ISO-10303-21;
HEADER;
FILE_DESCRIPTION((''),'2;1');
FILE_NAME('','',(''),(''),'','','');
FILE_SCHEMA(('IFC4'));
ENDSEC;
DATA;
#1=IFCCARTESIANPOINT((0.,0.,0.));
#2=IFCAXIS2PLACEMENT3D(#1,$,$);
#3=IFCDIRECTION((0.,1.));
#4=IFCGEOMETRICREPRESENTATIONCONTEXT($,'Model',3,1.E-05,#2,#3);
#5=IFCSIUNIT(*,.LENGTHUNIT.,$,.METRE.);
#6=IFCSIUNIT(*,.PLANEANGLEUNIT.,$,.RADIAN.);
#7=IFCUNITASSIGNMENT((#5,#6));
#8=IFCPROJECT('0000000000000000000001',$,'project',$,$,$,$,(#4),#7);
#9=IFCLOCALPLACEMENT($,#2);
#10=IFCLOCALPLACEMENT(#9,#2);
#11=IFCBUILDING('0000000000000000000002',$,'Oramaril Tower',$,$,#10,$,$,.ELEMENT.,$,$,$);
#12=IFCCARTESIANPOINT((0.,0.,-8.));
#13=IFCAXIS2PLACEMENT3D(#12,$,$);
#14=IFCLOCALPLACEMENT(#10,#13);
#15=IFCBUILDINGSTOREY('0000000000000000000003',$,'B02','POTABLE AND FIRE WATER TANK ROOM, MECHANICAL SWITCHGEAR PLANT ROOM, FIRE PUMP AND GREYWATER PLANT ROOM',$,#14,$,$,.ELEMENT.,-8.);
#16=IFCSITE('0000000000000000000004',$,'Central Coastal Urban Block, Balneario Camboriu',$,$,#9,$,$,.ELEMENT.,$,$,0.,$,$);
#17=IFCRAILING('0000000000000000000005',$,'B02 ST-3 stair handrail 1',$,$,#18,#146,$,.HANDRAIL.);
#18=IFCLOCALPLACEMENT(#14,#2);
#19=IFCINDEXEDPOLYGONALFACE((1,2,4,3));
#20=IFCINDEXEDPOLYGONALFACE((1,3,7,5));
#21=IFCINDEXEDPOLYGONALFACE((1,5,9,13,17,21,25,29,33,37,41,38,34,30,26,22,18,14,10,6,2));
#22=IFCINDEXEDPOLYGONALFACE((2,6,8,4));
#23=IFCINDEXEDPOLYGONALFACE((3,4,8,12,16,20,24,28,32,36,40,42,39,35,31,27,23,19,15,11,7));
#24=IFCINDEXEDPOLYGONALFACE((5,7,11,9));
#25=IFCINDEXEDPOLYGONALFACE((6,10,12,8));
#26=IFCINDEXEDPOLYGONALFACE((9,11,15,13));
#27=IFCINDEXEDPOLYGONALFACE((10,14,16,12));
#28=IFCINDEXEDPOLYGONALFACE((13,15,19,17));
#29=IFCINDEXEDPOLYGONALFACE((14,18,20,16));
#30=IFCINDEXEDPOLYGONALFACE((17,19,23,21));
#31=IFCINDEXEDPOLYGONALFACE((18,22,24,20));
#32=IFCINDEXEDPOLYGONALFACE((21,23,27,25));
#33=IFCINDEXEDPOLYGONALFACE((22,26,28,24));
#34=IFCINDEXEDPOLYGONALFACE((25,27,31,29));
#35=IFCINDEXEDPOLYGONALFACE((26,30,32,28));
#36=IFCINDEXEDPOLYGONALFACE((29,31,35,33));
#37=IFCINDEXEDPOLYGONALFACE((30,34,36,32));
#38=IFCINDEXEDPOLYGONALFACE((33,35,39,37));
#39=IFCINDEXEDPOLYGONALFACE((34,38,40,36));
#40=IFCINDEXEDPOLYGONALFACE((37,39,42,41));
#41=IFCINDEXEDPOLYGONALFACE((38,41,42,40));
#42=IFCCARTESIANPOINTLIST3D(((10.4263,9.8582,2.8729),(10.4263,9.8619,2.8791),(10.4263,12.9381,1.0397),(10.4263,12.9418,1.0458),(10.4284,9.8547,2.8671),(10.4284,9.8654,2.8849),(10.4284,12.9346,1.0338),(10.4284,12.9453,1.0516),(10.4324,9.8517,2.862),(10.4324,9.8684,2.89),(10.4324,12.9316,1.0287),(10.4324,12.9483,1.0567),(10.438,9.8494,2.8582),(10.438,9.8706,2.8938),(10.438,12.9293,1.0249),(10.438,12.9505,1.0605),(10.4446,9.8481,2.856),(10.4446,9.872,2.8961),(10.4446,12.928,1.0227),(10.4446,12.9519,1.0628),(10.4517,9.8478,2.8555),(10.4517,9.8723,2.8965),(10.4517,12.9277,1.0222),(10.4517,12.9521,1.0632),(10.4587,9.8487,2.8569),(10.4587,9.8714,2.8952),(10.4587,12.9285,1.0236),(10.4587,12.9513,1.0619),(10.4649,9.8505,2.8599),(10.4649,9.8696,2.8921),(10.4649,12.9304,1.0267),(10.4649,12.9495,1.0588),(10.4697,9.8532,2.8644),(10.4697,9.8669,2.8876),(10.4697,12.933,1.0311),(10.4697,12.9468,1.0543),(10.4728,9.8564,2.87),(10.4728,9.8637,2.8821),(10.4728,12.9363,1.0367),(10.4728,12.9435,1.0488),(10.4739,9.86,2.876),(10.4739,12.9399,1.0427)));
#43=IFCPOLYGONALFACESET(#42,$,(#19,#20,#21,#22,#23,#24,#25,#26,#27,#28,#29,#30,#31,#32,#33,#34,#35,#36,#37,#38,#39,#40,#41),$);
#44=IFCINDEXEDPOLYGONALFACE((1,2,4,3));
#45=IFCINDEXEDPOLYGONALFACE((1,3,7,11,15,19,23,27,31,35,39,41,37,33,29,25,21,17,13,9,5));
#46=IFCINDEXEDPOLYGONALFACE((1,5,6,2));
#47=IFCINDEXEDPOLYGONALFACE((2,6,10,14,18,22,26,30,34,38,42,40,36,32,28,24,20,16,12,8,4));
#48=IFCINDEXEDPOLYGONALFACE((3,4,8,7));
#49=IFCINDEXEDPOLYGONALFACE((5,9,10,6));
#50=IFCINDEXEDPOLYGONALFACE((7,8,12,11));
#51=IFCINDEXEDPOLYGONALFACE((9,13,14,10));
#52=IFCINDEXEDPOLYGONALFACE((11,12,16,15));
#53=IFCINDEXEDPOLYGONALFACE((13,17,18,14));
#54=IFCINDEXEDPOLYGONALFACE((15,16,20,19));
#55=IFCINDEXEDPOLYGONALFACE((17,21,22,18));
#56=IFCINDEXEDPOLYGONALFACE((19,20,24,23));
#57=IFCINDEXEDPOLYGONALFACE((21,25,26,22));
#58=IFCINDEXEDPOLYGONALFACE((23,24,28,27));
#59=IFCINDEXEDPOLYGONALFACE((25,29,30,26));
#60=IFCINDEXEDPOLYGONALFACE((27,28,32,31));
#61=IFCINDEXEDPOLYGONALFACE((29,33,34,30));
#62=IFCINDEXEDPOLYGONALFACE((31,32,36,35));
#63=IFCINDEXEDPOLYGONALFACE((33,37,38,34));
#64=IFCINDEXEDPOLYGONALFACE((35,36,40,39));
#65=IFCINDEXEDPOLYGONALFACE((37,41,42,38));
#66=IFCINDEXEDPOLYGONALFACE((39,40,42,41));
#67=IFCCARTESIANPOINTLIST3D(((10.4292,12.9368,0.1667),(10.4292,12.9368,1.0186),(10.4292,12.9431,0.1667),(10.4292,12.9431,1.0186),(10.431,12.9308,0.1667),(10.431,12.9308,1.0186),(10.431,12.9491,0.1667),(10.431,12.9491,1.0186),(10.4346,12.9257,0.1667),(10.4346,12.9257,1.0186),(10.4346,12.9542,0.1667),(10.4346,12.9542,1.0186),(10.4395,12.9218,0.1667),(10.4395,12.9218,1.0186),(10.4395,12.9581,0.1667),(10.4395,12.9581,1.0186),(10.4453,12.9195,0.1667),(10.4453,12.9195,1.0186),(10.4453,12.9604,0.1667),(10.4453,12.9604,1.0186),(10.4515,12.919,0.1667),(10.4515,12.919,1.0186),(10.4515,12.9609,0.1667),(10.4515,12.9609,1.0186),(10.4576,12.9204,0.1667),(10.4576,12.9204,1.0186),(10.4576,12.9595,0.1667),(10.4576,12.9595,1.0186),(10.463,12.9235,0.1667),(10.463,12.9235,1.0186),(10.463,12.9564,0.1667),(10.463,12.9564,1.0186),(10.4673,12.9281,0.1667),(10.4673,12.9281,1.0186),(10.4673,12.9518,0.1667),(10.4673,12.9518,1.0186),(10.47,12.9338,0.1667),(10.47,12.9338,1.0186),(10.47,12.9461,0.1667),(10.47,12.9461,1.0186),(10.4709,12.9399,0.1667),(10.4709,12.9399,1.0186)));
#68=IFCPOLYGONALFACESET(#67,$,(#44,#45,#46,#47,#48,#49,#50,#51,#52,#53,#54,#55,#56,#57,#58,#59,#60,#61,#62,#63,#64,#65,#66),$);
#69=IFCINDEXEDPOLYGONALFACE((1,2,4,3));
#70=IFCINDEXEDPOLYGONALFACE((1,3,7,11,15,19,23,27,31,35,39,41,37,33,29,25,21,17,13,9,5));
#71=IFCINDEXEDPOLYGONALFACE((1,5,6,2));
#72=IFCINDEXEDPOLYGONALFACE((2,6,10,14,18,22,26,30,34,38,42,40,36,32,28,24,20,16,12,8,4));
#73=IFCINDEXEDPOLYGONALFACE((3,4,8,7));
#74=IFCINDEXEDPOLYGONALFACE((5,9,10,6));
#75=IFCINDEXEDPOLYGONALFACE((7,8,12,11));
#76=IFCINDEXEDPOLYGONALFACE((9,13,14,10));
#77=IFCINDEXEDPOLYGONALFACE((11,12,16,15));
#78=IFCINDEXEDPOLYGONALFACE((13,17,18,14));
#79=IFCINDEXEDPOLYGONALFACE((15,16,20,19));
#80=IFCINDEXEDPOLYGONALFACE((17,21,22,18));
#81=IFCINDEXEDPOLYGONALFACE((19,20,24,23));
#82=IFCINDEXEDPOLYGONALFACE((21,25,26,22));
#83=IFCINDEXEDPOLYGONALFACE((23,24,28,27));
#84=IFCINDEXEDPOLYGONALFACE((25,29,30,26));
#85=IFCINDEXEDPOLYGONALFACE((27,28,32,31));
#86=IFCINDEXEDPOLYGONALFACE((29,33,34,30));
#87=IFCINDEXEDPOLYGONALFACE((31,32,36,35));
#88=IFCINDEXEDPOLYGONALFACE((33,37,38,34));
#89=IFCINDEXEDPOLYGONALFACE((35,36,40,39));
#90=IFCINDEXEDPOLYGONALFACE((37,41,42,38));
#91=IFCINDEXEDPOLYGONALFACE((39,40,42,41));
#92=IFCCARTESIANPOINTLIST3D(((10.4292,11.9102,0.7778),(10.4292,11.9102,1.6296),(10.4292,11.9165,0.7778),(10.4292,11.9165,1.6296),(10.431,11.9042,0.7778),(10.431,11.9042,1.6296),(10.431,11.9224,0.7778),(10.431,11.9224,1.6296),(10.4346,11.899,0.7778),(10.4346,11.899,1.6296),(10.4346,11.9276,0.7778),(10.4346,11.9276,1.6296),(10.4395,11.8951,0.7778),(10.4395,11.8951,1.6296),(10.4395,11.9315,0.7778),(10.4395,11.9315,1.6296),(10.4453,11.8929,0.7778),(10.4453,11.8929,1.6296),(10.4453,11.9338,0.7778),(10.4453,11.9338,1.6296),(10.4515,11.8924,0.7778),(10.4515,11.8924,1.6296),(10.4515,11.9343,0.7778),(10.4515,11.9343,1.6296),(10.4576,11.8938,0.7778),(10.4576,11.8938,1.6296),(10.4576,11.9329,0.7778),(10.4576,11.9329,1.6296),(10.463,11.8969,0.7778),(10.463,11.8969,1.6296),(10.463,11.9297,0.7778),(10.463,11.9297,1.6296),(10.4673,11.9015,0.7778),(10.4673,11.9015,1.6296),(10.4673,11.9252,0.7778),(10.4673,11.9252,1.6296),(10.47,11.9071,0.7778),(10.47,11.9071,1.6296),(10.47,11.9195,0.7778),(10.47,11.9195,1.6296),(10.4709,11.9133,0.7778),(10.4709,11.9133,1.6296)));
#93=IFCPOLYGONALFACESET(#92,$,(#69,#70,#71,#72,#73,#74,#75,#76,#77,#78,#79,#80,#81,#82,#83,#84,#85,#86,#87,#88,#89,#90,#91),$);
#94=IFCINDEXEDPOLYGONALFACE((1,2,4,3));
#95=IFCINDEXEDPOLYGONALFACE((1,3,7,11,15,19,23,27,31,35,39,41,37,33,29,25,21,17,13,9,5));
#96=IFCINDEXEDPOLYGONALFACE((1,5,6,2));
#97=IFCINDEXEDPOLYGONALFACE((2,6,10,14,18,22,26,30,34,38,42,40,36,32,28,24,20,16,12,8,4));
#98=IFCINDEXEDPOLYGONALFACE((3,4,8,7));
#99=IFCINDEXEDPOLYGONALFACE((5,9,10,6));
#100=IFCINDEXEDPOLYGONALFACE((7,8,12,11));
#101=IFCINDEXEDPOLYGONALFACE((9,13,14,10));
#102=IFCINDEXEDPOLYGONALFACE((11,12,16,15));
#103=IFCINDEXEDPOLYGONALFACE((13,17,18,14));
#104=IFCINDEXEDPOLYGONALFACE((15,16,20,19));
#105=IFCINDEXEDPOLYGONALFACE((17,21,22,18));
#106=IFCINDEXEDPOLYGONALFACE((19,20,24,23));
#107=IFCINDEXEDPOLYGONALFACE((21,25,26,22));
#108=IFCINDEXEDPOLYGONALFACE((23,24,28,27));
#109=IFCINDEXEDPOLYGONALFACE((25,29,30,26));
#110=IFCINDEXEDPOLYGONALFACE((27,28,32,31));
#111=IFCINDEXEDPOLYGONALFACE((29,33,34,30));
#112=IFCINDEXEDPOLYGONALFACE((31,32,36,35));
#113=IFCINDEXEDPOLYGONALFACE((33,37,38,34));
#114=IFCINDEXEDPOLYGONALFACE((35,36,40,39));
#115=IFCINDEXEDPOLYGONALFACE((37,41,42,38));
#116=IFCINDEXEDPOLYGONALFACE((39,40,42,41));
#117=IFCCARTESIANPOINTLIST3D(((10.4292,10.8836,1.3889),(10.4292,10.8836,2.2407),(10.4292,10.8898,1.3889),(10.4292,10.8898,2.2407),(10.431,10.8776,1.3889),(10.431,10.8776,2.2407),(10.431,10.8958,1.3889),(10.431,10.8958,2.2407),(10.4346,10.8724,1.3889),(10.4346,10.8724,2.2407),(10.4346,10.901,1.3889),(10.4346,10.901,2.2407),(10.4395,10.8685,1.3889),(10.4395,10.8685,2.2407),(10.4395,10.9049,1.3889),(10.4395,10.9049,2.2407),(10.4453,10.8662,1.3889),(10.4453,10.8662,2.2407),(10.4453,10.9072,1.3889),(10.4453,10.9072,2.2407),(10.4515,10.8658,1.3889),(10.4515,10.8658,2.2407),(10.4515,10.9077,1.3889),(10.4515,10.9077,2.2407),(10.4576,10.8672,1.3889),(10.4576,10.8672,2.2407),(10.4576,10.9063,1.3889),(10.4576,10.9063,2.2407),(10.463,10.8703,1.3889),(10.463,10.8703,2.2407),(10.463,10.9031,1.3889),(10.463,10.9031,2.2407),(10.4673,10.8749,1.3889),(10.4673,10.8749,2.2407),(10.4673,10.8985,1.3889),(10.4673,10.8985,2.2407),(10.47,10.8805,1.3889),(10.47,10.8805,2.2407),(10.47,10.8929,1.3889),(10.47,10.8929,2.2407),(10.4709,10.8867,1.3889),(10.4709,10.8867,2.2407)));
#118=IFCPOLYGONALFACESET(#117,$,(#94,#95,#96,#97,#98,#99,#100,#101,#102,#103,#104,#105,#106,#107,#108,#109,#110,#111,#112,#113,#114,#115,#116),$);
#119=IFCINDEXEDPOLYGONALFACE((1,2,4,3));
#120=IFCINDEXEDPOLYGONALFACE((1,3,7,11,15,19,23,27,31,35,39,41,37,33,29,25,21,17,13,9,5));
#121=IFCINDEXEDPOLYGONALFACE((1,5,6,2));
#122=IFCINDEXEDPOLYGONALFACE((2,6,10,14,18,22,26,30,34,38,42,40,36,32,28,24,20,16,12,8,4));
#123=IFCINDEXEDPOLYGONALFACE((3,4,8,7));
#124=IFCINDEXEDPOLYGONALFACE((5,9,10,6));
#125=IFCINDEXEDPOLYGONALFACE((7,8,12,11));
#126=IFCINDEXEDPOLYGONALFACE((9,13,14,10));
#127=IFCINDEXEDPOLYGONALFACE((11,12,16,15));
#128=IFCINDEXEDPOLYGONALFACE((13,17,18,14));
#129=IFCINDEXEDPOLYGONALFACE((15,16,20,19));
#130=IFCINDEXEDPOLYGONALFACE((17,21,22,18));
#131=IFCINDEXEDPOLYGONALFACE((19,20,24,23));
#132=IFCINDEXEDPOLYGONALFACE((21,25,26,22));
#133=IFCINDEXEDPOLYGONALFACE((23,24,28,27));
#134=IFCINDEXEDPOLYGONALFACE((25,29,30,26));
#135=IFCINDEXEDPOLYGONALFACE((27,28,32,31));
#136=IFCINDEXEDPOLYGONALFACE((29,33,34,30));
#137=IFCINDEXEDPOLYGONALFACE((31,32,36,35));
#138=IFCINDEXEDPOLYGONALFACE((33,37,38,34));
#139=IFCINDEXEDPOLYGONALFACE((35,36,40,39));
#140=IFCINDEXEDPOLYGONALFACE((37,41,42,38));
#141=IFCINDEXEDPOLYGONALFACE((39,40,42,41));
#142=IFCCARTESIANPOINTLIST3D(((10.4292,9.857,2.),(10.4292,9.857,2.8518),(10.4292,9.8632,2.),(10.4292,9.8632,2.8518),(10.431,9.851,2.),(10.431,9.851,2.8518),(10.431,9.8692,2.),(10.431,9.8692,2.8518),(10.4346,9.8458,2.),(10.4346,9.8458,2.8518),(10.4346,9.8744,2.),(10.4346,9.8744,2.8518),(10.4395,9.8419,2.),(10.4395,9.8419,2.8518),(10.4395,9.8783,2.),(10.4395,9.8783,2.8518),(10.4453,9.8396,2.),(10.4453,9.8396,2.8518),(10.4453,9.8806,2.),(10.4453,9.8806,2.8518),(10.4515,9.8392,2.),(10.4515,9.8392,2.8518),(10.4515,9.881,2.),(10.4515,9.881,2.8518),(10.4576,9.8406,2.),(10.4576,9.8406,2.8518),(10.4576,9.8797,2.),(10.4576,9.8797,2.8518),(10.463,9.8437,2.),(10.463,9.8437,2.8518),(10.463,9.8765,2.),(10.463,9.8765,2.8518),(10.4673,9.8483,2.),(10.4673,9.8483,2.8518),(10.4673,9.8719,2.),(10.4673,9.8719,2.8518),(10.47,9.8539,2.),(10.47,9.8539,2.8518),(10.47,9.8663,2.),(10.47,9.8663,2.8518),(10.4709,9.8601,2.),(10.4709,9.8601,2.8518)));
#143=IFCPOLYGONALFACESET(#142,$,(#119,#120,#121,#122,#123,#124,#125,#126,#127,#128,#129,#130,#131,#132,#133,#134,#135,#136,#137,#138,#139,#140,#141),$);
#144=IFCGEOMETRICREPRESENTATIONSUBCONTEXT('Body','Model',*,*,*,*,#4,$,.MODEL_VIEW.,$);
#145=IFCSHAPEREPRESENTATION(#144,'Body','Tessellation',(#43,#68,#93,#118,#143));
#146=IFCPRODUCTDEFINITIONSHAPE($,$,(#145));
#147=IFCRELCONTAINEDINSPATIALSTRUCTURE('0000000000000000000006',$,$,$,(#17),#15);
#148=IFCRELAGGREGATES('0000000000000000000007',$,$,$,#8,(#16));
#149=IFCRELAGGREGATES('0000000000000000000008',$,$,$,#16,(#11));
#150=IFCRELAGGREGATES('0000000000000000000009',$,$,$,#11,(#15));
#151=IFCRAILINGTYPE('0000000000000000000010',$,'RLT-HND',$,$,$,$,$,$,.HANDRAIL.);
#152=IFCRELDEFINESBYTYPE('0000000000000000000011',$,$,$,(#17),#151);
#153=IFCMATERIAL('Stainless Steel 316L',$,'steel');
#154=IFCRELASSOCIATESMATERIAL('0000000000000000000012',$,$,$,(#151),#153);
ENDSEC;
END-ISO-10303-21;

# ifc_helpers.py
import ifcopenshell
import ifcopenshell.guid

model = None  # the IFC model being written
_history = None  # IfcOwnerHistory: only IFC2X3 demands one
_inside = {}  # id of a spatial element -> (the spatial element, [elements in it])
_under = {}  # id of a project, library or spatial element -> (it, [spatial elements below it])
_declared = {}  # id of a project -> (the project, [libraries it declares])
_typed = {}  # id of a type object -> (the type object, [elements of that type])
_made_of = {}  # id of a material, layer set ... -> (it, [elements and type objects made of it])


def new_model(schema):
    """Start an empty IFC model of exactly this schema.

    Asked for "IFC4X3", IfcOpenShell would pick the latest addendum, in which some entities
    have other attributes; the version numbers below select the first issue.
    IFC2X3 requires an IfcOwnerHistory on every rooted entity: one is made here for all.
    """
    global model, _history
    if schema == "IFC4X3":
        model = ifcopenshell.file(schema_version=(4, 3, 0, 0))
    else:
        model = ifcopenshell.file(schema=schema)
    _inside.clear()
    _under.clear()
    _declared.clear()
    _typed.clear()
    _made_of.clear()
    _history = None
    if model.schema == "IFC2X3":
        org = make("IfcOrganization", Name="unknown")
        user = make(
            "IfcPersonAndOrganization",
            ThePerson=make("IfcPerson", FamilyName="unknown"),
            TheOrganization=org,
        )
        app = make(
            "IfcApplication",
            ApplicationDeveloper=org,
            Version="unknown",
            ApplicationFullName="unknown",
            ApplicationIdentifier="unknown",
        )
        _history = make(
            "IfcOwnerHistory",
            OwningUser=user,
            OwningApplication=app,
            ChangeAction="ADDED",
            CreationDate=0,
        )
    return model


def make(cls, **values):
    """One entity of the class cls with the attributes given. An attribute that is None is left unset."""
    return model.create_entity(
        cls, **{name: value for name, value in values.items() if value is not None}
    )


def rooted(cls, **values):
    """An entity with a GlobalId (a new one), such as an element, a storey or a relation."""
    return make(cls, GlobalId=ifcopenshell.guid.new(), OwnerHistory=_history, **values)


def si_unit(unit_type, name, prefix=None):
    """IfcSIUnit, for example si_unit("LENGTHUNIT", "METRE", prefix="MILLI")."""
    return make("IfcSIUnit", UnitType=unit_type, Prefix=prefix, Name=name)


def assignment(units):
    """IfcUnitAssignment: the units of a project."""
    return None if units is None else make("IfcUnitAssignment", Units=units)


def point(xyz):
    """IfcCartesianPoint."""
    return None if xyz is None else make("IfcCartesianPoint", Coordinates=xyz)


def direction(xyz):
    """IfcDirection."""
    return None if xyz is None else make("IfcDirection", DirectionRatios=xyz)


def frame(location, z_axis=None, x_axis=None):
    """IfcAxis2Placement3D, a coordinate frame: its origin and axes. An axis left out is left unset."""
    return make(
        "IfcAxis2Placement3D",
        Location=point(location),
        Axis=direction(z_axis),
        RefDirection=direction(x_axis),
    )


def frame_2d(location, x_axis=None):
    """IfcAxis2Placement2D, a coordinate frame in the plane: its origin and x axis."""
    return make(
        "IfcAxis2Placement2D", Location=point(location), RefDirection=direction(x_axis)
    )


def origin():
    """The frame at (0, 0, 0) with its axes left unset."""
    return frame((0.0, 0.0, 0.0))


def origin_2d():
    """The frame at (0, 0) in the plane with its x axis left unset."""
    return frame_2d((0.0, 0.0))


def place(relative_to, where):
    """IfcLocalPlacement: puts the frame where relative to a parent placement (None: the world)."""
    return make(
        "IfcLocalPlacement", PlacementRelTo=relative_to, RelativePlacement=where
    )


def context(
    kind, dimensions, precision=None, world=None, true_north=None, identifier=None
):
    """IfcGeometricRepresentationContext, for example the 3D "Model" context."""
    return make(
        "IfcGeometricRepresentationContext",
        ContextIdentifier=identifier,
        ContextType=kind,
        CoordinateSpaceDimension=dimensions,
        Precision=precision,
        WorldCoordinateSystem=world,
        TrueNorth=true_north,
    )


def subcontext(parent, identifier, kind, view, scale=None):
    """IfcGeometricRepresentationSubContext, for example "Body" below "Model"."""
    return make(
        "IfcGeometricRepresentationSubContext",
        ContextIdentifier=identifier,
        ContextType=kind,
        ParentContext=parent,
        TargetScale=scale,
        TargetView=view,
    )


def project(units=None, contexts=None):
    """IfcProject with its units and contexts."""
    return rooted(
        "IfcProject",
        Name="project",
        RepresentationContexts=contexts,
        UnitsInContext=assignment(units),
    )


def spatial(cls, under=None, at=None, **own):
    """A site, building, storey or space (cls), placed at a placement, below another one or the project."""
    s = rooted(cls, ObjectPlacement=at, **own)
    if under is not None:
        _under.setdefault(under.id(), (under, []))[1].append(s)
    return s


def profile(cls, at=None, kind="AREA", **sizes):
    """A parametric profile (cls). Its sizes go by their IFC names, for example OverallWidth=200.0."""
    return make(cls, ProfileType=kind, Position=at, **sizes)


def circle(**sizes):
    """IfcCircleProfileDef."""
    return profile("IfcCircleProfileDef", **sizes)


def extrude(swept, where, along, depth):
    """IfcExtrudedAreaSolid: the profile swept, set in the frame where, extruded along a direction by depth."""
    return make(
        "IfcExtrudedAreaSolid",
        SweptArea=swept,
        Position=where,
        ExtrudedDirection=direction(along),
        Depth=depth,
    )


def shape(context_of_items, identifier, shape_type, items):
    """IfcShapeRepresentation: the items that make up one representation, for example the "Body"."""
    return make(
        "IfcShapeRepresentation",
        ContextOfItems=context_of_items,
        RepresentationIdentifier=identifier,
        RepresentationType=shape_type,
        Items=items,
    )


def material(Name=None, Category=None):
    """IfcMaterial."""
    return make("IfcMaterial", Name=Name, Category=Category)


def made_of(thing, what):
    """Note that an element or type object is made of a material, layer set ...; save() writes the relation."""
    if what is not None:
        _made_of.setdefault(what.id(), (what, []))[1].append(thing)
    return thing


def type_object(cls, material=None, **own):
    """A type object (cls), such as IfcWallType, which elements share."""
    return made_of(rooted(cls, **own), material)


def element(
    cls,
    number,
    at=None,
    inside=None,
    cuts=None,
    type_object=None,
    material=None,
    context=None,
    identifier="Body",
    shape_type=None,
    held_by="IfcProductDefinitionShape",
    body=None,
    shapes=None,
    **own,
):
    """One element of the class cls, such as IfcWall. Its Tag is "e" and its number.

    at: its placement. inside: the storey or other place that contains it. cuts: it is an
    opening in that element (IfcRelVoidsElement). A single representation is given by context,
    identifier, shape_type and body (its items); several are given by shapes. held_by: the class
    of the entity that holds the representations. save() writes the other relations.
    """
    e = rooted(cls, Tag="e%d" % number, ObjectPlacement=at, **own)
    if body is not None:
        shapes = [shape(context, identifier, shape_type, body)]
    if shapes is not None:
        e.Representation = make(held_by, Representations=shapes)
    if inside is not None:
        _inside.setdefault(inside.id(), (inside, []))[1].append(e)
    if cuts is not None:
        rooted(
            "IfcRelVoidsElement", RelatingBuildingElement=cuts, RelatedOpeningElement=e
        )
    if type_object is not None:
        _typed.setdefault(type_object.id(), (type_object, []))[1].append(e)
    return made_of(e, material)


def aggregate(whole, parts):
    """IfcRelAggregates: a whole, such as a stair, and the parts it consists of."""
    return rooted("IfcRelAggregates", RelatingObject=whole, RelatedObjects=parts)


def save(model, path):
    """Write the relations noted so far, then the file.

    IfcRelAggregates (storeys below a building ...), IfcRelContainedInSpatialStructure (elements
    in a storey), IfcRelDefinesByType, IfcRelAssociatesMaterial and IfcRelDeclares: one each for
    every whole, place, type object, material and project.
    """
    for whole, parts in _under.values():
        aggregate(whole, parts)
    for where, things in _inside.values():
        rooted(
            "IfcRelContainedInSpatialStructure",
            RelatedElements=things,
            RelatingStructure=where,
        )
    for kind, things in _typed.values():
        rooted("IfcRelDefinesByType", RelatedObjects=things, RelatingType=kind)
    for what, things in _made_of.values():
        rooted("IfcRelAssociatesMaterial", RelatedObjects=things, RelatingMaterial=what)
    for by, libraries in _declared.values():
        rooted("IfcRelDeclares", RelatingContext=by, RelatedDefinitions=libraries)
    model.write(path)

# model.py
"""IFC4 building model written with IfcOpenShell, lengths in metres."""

from ifc_helpers import new_model, si_unit, direction, frame, origin, origin_2d, place, context, subcontext, project, spatial, circle, extrude, material, type_object, element, save


model = new_model("IFC4")

# Units and contexts
model_context = context("Model", 3, precision=1e-05, world=origin(), true_north=direction((0.0, 1.0)))
body_context = subcontext(model_context, "Body", "Model", "MODEL_VIEW")
ifc_project = project(units=[si_unit("LENGTHUNIT", "METRE"), si_unit("PLANEANGLEUNIT", "RADIAN")], contexts=[model_context])

# Site, building, storey
site_placement = place(None, origin())
site = spatial("IfcSite", under=ifc_project, at=site_placement, Name="Central Coastal Urban Block, Balneario Camboriu", CompositionType="ELEMENT", RefElevation=0.0)
building_placement = place(site_placement, origin())
building = spatial("IfcBuilding", under=site, at=building_placement, Name="Oramaril Tower", CompositionType="ELEMENT")
storey_placement = place(building_placement, frame((0.0, 0.0, -8.0)))
storey = spatial("IfcBuildingStorey", under=building, at=storey_placement, Name="B02", Description="POTABLE AND FIRE WATER TANK ROOM, MECHANICAL SWITCHGEAR PLANT ROOM, FIRE PUMP AND GREYWATER PLANT ROOM", CompositionType="ELEMENT", Elevation=-8.0)

# Railing
ifc_material_1 = material(Name="Stainless Steel 316L", Category="steel")
railing_type_1 = type_object("IfcRailingType", Name="RLT-HND", PredefinedType="HANDRAIL", material=ifc_material_1)
railing_1_placement = place(storey_placement, frame((10.45, 12.9399, 0.1667)))
element("IfcRailing", 1, at=railing_1_placement, inside=storey, type_object=railing_type_1, Name="B02 ST-3 stair handrail 1", PredefinedType="HANDRAIL", context=body_context, shape_type="SweptSolid", body=[
    extrude(circle(Radius=0.0239, at=origin_2d()), frame((0.0, 0.0, 0.876), z_axis=(0.0, -0.859291, 0.511487), x_axis=(1.0, 0.0, 0.0)), (0.0, 0.0, 1.0), 3.5842),
    extrude(circle(Radius=0.021, at=origin_2d()), origin(), (0.0, 0.0, 1.0), 0.8518),
    extrude(circle(Radius=0.021, at=origin_2d()), frame((0.0, -1.0266, 0.6111)), (0.0, 0.0, 1.0), 0.8518),
    extrude(circle(Radius=0.021, at=origin_2d()), frame((0.0, -2.0532, 1.2222)), (0.0, 0.0, 1.0), 0.8518),
    extrude(circle(Radius=0.021, at=origin_2d()), frame((0.0, -3.0798, 1.8333)), (0.0, 0.0, 1.0), 0.8518),
])

save(model, "model.ifc")
